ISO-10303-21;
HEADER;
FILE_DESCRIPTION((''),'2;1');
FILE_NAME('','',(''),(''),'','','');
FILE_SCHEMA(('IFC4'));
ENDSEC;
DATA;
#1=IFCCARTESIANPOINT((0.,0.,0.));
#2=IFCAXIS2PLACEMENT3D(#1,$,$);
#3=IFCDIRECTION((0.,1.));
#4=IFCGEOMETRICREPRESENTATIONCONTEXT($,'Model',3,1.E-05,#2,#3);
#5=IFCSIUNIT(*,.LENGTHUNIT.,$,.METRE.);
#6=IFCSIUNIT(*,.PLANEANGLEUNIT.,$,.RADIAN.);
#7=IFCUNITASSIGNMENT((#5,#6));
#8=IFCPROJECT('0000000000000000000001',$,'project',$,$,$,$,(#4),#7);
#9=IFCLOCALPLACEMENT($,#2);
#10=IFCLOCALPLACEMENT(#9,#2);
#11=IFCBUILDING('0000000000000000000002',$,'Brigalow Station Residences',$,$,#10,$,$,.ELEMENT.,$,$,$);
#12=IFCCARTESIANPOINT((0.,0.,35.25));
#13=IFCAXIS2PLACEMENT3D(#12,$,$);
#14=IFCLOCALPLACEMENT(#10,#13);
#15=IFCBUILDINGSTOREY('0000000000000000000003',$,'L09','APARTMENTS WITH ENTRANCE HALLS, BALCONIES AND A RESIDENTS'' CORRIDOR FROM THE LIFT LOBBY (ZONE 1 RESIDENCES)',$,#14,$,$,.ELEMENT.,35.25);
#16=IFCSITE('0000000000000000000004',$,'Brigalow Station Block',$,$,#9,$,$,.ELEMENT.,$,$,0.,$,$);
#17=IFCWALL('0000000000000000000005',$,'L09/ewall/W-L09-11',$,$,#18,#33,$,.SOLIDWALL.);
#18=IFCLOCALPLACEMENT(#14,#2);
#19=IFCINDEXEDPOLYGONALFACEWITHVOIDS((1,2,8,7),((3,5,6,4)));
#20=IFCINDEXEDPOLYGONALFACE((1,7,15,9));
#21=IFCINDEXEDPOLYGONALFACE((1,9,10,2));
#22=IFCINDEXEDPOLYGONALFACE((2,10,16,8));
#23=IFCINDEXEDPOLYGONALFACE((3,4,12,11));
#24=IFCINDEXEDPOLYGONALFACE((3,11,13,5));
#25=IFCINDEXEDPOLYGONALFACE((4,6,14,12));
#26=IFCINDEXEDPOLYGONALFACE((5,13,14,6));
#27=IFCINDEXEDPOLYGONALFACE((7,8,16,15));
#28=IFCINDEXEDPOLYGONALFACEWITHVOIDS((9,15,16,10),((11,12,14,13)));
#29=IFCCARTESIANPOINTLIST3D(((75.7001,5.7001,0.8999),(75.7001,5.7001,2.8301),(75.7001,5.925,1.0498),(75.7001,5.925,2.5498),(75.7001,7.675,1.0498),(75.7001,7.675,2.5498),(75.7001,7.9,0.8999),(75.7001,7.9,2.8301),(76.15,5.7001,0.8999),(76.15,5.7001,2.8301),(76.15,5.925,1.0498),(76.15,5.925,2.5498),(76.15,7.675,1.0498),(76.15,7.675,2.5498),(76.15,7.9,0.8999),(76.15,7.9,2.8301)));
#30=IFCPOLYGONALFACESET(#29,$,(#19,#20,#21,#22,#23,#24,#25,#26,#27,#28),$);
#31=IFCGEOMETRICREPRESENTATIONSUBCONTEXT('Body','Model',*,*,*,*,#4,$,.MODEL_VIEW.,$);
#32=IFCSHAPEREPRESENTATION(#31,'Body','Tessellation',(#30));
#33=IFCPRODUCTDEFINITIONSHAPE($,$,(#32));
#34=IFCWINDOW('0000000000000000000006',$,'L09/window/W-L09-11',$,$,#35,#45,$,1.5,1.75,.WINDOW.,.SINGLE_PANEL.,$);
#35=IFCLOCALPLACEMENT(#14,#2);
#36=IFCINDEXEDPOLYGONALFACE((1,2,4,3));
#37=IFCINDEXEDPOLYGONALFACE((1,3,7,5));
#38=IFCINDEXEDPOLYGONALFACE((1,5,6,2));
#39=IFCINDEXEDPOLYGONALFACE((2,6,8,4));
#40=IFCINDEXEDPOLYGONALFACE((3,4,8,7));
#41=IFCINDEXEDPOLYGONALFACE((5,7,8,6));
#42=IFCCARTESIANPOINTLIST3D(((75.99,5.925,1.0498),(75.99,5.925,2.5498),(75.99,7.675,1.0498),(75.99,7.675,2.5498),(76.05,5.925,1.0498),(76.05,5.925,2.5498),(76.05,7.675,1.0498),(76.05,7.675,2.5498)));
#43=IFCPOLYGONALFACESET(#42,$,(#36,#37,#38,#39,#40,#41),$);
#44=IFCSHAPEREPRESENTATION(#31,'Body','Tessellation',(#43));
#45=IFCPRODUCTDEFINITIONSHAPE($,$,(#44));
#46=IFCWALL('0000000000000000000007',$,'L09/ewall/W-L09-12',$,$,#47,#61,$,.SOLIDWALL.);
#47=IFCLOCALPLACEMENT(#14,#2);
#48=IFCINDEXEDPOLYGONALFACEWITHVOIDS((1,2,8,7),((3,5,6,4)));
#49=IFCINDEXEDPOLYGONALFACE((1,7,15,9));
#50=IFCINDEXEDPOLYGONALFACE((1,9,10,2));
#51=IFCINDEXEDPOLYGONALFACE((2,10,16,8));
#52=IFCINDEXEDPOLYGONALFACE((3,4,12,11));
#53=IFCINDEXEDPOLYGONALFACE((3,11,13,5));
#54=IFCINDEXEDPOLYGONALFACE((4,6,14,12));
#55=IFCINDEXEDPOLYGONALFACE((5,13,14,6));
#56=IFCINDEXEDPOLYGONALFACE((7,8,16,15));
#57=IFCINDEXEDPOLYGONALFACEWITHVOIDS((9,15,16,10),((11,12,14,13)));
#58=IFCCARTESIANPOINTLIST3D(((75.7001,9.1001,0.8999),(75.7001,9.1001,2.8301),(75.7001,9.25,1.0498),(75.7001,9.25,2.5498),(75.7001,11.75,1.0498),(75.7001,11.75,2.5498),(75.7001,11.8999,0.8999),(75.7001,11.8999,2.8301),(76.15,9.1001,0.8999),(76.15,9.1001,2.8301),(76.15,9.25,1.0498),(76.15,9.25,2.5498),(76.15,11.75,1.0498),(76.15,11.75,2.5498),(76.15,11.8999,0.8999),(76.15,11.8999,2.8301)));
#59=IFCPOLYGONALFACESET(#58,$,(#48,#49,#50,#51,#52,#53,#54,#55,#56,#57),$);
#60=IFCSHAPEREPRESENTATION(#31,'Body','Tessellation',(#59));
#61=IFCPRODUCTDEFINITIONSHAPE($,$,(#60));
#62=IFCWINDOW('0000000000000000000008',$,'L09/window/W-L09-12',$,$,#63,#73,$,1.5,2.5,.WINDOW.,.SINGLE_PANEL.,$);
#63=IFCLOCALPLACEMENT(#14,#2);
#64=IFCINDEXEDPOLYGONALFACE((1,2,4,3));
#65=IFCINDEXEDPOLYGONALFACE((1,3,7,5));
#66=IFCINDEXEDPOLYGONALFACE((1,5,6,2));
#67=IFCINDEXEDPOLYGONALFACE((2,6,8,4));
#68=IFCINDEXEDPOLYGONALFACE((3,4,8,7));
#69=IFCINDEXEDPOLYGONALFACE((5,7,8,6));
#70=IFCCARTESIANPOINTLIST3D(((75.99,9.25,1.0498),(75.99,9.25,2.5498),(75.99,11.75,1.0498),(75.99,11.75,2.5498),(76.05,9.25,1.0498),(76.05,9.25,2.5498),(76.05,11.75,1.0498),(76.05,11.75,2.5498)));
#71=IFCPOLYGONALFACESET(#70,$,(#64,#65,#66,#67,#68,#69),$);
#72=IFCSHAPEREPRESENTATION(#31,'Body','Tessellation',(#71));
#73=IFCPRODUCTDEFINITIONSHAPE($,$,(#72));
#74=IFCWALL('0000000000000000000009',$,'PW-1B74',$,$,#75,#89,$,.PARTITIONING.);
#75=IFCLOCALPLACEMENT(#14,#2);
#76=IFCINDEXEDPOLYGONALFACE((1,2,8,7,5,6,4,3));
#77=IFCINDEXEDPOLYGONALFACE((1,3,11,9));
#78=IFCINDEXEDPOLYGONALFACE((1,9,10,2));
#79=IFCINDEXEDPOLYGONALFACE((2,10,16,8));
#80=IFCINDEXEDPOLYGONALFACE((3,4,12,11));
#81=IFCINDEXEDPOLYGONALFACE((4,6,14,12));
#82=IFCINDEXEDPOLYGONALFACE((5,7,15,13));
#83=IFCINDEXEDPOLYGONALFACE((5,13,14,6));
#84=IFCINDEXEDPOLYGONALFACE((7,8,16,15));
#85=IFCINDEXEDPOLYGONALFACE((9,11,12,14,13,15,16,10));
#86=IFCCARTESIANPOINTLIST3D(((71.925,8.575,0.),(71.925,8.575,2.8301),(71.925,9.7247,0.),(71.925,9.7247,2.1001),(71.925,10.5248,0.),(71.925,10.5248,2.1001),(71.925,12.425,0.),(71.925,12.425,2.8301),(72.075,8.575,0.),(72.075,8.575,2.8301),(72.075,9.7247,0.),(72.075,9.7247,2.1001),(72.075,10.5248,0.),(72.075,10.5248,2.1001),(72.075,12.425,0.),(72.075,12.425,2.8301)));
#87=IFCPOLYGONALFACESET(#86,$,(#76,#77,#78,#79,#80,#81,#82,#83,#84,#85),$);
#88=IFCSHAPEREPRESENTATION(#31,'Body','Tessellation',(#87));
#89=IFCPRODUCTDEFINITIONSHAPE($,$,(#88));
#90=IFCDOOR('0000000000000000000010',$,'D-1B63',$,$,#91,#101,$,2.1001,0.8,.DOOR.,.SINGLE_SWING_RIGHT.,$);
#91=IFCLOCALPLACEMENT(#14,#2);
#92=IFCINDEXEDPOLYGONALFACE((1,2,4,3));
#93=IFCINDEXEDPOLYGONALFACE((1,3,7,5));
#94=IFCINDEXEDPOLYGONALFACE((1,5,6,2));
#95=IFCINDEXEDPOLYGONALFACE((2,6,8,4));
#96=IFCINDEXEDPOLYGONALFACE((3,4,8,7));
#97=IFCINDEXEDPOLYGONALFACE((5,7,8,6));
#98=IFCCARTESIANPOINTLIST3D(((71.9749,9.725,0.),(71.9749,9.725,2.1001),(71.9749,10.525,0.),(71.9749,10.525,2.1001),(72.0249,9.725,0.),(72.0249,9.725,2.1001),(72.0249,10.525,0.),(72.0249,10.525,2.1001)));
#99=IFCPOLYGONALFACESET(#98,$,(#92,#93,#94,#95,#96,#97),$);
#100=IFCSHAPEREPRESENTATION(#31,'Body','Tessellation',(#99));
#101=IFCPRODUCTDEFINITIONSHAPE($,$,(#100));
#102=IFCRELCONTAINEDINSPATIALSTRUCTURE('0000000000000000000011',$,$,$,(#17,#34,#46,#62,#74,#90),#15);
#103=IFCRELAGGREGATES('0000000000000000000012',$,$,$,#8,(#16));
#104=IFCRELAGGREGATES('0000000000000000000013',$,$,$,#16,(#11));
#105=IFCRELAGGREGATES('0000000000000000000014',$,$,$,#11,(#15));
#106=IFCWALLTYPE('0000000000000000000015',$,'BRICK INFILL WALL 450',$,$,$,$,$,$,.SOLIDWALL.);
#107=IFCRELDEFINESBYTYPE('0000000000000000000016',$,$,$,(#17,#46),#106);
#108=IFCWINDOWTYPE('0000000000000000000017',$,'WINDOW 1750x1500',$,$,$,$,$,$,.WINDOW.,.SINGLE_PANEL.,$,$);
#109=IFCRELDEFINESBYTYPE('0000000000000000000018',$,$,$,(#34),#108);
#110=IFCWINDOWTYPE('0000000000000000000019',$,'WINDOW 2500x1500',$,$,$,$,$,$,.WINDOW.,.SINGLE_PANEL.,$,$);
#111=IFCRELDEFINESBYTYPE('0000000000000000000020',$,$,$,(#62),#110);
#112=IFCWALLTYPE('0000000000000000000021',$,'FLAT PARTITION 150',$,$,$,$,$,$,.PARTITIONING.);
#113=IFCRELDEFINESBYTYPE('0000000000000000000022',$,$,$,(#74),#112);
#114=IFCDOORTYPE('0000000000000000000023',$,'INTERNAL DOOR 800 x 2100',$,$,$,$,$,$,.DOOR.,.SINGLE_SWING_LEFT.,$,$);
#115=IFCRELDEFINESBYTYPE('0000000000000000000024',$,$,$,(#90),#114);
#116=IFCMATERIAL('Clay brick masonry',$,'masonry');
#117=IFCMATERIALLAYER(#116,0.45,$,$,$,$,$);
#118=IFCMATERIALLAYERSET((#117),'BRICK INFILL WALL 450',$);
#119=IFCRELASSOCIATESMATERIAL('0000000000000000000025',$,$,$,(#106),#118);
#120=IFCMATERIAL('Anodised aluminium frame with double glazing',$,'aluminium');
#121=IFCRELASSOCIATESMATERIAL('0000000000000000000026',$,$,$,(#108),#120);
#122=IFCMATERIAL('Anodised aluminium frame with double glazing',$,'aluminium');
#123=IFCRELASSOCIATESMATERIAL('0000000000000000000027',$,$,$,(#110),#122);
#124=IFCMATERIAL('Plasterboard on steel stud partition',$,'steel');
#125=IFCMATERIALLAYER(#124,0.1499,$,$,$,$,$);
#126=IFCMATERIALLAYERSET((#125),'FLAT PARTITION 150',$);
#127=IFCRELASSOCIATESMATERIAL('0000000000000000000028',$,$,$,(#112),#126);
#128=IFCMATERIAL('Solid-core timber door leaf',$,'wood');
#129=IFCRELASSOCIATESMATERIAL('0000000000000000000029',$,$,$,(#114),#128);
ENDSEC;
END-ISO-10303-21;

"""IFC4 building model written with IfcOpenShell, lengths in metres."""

from ifc_helpers import new_model, si_unit, direction, frame, frame_2d, origin, place, context, subcontext, project, spatial, rectangle, extrude, material, layer, layer_set, type_object, element, fill, save


model = new_model("IFC4")

# Units and contexts
model_context = context("Model", 3, precision=1e-05, world=origin(), true_north=direction((0.0, 1.0)))
body_context = subcontext(model_context, "Body", "Model", "MODEL_VIEW")
ifc_project = project(units=[si_unit("LENGTHUNIT", "METRE"), si_unit("PLANEANGLEUNIT", "RADIAN")], contexts=[model_context])

# Site, building, storey
site_placement = place(None, origin())
site = spatial("IfcSite", under=ifc_project, at=site_placement, Name="Brigalow Station Block", CompositionType="ELEMENT", RefElevation=0.0)
building_placement = place(site_placement, origin())
building = spatial("IfcBuilding", under=site, at=building_placement, Name="Brigalow Station Residences", CompositionType="ELEMENT")
storey_placement = place(building_placement, frame((0.0, 0.0, 35.25)))
storey = spatial("IfcBuildingStorey", under=building, at=storey_placement, Name="L09", Description="APARTMENTS WITH ENTRANCE HALLS, BALCONIES AND A RESIDENTS' CORRIDOR FROM THE LIFT LOBBY (ZONE 1 RESIDENCES)", CompositionType="ELEMENT", Elevation=35.25)

# Walls, openings, windows
ifc_material_1 = material(Name="Clay brick masonry", Category="masonry")
ifc_layer_1 = layer(ifc_material_1, 0.45)
ifc_layer_set_1 = layer_set([ifc_layer_1], Name="BRICK INFILL WALL 450")
wall_type_1 = type_object("IfcWallType", Name="BRICK INFILL WALL 450", PredefinedType="SOLIDWALL", material=ifc_layer_set_1)
wall_1_placement = place(storey_placement, frame((75.925, 5.7, 0.8999), z_axis=(0.0, 0.0, 1.0), x_axis=(0.0, 1.0, 0.0)))
wall_1 = element("IfcWall", 1, at=wall_1_placement, inside=storey, type_object=wall_type_1, Name="L09/ewall/W-L09-11", PredefinedType="SOLIDWALL", context=body_context, shape_type="SweptSolid", body=[
    extrude(rectangle(XDim=2.2, YDim=0.45, at=frame_2d((1.1001, 0.0))), origin(), (0.0, 0.0, 1.0), 1.9302),
])
opening_1_placement = place(wall_1_placement, frame((0.2251, 0.0, 0.1499)))
opening_1 = element("IfcOpeningElement", 2, at=opening_1_placement, cuts=wall_1, PredefinedType="OPENING", context=body_context, shape_type="SweptSolid", body=[
    extrude(rectangle(XDim=1.75, YDim=1.5, at=frame_2d((0.875, 0.75))), frame((0.0, 0.2349, 0.0), z_axis=(0.0, -1.0, 0.0), x_axis=(1.0, 0.0, 0.0)), (0.0, 0.0, 1.0), 0.47),
])
ifc_material_2 = material(Name="Anodised aluminium frame with double glazing", Category="aluminium")
window_type_1 = type_object("IfcWindowType", Name="WINDOW 1750x1500", PartitioningType="SINGLE_PANEL", PredefinedType="WINDOW", material=ifc_material_2)
window_1_placement = place(opening_1_placement, origin())
window_1 = element("IfcWindow", 3, at=window_1_placement, inside=storey, type_object=window_type_1, Name="L09/window/W-L09-11", OverallHeight=1.5, OverallWidth=1.75, PartitioningType="SINGLE_PANEL", PredefinedType="WINDOW", context=body_context, shape_type="SweptSolid", body=[
    extrude(rectangle(XDim=1.75, YDim=1.5, at=frame_2d((0.875, 0.75))), frame((0.0, -0.0649, 0.0), z_axis=(0.0, -1.0, 0.0), x_axis=(1.0, 0.0, 0.0)), (0.0, 0.0, 1.0), 0.0601),
])
fill(opening_1, window_1)
wall_2_placement = place(storey_placement, frame((75.925, 9.1001, 0.8999), z_axis=(0.0, 0.0, 1.0), x_axis=(0.0, 1.0, 0.0)))
wall_2 = element("IfcWall", 4, at=wall_2_placement, inside=storey, type_object=wall_type_1, Name="L09/ewall/W-L09-12", PredefinedType="SOLIDWALL", context=body_context, shape_type="SweptSolid", body=[
    extrude(rectangle(XDim=2.7998, YDim=0.45, at=frame_2d((1.3999, 0.0))), origin(), (0.0, 0.0, 1.0), 1.9302),
])
opening_2_placement = place(wall_2_placement, frame((0.1499, 0.0, 0.1499)))
opening_2 = element("IfcOpeningElement", 5, at=opening_2_placement, cuts=wall_2, PredefinedType="OPENING", context=body_context, shape_type="SweptSolid", body=[
    extrude(rectangle(XDim=2.5, YDim=1.5, at=frame_2d((1.25, 0.75))), frame((0.0, 0.2349, 0.0), z_axis=(0.0, -1.0, 0.0), x_axis=(1.0, 0.0, 0.0)), (0.0, 0.0, 1.0), 0.47),
])
ifc_material_3 = material(Name="Anodised aluminium frame with double glazing", Category="aluminium")
window_type_2 = type_object("IfcWindowType", Name="WINDOW 2500x1500", PartitioningType="SINGLE_PANEL", PredefinedType="WINDOW", material=ifc_material_3)
window_2_placement = place(opening_2_placement, origin())
window_2 = element("IfcWindow", 6, at=window_2_placement, inside=storey, type_object=window_type_2, Name="L09/window/W-L09-12", OverallHeight=1.5, OverallWidth=2.5, PartitioningType="SINGLE_PANEL", PredefinedType="WINDOW", context=body_context, shape_type="SweptSolid", body=[
    extrude(rectangle(XDim=2.5, YDim=1.5, at=frame_2d((1.25, 0.75))), frame((0.0, -0.0649, 0.0), z_axis=(0.0, -1.0, 0.0), x_axis=(1.0, 0.0, 0.0)), (0.0, 0.0, 1.0), 0.0601),
])
fill(opening_2, window_2)

# Wall, opening, door
ifc_material_4 = material(Name="Plasterboard on steel stud partition", Category="steel")
ifc_layer_2 = layer(ifc_material_4, 0.1499)
ifc_layer_set_2 = layer_set([ifc_layer_2], Name="FLAT PARTITION 150")
wall_type_2 = type_object("IfcWallType", Name="FLAT PARTITION 150", PredefinedType="PARTITIONING", material=ifc_layer_set_2)
wall_3_placement = place(storey_placement, frame((72.0, 8.575, 0.0), z_axis=(0.0, 0.0, 1.0), x_axis=(0.0, 1.0, 0.0)))
wall_3 = element("IfcWall", 7, at=wall_3_placement, inside=storey, type_object=wall_type_2, Name="PW-1B74", PredefinedType="PARTITIONING", context=body_context, shape_type="SweptSolid", body=[
    extrude(rectangle(XDim=3.8501, YDim=0.1499, at=frame_2d((1.925, 0.0))), origin(), (0.0, 0.0, 1.0), 2.8301),
])
opening_3_placement = place(wall_3_placement, frame((1.1499, 0.0, 0.0)))
opening_3 = element("IfcOpeningElement", 8, at=opening_3_placement, cuts=wall_3, PredefinedType="OPENING", context=body_context, shape_type="SweptSolid", body=[
    extrude(rectangle(XDim=0.8, YDim=2.1001, at=frame_2d((0.3999, 1.05))), frame((0.0, 0.085, 0.0), z_axis=(0.0, -1.0, 0.0), x_axis=(1.0, 0.0, 0.0)), (0.0, 0.0, 1.0), 0.1699),
])
ifc_material_5 = material(Name="Solid-core timber door leaf", Category="wood")
door_type = type_object("IfcDoorType", Name="INTERNAL DOOR 800 x 2100", OperationType="SINGLE_SWING_LEFT", PredefinedType="DOOR", material=ifc_material_5)
door_placement = place(opening_3_placement, frame((0.8, 0.0, 0.0), z_axis=(0.0, 0.0, 1.0), x_axis=(-1.0, 0.0, 0.0)))
door = element("IfcDoor", 9, at=door_placement, inside=storey, type_object=door_type, Name="D-1B63", OperationType="SINGLE_SWING_RIGHT", OverallHeight=2.1001, OverallWidth=0.8, PredefinedType="DOOR", context=body_context, shape_type="SweptSolid", body=[
    extrude(rectangle(XDim=0.8, YDim=2.1001, at=frame_2d((0.3999, 1.05))), frame((0.0, 0.0249, 0.0), z_axis=(0.0, -1.0, 0.0), x_axis=(1.0, 0.0, 0.0)), (0.0, 0.0, 1.0), 0.05),
])
fill(opening_3, door)

save(model, "model.ifc")
